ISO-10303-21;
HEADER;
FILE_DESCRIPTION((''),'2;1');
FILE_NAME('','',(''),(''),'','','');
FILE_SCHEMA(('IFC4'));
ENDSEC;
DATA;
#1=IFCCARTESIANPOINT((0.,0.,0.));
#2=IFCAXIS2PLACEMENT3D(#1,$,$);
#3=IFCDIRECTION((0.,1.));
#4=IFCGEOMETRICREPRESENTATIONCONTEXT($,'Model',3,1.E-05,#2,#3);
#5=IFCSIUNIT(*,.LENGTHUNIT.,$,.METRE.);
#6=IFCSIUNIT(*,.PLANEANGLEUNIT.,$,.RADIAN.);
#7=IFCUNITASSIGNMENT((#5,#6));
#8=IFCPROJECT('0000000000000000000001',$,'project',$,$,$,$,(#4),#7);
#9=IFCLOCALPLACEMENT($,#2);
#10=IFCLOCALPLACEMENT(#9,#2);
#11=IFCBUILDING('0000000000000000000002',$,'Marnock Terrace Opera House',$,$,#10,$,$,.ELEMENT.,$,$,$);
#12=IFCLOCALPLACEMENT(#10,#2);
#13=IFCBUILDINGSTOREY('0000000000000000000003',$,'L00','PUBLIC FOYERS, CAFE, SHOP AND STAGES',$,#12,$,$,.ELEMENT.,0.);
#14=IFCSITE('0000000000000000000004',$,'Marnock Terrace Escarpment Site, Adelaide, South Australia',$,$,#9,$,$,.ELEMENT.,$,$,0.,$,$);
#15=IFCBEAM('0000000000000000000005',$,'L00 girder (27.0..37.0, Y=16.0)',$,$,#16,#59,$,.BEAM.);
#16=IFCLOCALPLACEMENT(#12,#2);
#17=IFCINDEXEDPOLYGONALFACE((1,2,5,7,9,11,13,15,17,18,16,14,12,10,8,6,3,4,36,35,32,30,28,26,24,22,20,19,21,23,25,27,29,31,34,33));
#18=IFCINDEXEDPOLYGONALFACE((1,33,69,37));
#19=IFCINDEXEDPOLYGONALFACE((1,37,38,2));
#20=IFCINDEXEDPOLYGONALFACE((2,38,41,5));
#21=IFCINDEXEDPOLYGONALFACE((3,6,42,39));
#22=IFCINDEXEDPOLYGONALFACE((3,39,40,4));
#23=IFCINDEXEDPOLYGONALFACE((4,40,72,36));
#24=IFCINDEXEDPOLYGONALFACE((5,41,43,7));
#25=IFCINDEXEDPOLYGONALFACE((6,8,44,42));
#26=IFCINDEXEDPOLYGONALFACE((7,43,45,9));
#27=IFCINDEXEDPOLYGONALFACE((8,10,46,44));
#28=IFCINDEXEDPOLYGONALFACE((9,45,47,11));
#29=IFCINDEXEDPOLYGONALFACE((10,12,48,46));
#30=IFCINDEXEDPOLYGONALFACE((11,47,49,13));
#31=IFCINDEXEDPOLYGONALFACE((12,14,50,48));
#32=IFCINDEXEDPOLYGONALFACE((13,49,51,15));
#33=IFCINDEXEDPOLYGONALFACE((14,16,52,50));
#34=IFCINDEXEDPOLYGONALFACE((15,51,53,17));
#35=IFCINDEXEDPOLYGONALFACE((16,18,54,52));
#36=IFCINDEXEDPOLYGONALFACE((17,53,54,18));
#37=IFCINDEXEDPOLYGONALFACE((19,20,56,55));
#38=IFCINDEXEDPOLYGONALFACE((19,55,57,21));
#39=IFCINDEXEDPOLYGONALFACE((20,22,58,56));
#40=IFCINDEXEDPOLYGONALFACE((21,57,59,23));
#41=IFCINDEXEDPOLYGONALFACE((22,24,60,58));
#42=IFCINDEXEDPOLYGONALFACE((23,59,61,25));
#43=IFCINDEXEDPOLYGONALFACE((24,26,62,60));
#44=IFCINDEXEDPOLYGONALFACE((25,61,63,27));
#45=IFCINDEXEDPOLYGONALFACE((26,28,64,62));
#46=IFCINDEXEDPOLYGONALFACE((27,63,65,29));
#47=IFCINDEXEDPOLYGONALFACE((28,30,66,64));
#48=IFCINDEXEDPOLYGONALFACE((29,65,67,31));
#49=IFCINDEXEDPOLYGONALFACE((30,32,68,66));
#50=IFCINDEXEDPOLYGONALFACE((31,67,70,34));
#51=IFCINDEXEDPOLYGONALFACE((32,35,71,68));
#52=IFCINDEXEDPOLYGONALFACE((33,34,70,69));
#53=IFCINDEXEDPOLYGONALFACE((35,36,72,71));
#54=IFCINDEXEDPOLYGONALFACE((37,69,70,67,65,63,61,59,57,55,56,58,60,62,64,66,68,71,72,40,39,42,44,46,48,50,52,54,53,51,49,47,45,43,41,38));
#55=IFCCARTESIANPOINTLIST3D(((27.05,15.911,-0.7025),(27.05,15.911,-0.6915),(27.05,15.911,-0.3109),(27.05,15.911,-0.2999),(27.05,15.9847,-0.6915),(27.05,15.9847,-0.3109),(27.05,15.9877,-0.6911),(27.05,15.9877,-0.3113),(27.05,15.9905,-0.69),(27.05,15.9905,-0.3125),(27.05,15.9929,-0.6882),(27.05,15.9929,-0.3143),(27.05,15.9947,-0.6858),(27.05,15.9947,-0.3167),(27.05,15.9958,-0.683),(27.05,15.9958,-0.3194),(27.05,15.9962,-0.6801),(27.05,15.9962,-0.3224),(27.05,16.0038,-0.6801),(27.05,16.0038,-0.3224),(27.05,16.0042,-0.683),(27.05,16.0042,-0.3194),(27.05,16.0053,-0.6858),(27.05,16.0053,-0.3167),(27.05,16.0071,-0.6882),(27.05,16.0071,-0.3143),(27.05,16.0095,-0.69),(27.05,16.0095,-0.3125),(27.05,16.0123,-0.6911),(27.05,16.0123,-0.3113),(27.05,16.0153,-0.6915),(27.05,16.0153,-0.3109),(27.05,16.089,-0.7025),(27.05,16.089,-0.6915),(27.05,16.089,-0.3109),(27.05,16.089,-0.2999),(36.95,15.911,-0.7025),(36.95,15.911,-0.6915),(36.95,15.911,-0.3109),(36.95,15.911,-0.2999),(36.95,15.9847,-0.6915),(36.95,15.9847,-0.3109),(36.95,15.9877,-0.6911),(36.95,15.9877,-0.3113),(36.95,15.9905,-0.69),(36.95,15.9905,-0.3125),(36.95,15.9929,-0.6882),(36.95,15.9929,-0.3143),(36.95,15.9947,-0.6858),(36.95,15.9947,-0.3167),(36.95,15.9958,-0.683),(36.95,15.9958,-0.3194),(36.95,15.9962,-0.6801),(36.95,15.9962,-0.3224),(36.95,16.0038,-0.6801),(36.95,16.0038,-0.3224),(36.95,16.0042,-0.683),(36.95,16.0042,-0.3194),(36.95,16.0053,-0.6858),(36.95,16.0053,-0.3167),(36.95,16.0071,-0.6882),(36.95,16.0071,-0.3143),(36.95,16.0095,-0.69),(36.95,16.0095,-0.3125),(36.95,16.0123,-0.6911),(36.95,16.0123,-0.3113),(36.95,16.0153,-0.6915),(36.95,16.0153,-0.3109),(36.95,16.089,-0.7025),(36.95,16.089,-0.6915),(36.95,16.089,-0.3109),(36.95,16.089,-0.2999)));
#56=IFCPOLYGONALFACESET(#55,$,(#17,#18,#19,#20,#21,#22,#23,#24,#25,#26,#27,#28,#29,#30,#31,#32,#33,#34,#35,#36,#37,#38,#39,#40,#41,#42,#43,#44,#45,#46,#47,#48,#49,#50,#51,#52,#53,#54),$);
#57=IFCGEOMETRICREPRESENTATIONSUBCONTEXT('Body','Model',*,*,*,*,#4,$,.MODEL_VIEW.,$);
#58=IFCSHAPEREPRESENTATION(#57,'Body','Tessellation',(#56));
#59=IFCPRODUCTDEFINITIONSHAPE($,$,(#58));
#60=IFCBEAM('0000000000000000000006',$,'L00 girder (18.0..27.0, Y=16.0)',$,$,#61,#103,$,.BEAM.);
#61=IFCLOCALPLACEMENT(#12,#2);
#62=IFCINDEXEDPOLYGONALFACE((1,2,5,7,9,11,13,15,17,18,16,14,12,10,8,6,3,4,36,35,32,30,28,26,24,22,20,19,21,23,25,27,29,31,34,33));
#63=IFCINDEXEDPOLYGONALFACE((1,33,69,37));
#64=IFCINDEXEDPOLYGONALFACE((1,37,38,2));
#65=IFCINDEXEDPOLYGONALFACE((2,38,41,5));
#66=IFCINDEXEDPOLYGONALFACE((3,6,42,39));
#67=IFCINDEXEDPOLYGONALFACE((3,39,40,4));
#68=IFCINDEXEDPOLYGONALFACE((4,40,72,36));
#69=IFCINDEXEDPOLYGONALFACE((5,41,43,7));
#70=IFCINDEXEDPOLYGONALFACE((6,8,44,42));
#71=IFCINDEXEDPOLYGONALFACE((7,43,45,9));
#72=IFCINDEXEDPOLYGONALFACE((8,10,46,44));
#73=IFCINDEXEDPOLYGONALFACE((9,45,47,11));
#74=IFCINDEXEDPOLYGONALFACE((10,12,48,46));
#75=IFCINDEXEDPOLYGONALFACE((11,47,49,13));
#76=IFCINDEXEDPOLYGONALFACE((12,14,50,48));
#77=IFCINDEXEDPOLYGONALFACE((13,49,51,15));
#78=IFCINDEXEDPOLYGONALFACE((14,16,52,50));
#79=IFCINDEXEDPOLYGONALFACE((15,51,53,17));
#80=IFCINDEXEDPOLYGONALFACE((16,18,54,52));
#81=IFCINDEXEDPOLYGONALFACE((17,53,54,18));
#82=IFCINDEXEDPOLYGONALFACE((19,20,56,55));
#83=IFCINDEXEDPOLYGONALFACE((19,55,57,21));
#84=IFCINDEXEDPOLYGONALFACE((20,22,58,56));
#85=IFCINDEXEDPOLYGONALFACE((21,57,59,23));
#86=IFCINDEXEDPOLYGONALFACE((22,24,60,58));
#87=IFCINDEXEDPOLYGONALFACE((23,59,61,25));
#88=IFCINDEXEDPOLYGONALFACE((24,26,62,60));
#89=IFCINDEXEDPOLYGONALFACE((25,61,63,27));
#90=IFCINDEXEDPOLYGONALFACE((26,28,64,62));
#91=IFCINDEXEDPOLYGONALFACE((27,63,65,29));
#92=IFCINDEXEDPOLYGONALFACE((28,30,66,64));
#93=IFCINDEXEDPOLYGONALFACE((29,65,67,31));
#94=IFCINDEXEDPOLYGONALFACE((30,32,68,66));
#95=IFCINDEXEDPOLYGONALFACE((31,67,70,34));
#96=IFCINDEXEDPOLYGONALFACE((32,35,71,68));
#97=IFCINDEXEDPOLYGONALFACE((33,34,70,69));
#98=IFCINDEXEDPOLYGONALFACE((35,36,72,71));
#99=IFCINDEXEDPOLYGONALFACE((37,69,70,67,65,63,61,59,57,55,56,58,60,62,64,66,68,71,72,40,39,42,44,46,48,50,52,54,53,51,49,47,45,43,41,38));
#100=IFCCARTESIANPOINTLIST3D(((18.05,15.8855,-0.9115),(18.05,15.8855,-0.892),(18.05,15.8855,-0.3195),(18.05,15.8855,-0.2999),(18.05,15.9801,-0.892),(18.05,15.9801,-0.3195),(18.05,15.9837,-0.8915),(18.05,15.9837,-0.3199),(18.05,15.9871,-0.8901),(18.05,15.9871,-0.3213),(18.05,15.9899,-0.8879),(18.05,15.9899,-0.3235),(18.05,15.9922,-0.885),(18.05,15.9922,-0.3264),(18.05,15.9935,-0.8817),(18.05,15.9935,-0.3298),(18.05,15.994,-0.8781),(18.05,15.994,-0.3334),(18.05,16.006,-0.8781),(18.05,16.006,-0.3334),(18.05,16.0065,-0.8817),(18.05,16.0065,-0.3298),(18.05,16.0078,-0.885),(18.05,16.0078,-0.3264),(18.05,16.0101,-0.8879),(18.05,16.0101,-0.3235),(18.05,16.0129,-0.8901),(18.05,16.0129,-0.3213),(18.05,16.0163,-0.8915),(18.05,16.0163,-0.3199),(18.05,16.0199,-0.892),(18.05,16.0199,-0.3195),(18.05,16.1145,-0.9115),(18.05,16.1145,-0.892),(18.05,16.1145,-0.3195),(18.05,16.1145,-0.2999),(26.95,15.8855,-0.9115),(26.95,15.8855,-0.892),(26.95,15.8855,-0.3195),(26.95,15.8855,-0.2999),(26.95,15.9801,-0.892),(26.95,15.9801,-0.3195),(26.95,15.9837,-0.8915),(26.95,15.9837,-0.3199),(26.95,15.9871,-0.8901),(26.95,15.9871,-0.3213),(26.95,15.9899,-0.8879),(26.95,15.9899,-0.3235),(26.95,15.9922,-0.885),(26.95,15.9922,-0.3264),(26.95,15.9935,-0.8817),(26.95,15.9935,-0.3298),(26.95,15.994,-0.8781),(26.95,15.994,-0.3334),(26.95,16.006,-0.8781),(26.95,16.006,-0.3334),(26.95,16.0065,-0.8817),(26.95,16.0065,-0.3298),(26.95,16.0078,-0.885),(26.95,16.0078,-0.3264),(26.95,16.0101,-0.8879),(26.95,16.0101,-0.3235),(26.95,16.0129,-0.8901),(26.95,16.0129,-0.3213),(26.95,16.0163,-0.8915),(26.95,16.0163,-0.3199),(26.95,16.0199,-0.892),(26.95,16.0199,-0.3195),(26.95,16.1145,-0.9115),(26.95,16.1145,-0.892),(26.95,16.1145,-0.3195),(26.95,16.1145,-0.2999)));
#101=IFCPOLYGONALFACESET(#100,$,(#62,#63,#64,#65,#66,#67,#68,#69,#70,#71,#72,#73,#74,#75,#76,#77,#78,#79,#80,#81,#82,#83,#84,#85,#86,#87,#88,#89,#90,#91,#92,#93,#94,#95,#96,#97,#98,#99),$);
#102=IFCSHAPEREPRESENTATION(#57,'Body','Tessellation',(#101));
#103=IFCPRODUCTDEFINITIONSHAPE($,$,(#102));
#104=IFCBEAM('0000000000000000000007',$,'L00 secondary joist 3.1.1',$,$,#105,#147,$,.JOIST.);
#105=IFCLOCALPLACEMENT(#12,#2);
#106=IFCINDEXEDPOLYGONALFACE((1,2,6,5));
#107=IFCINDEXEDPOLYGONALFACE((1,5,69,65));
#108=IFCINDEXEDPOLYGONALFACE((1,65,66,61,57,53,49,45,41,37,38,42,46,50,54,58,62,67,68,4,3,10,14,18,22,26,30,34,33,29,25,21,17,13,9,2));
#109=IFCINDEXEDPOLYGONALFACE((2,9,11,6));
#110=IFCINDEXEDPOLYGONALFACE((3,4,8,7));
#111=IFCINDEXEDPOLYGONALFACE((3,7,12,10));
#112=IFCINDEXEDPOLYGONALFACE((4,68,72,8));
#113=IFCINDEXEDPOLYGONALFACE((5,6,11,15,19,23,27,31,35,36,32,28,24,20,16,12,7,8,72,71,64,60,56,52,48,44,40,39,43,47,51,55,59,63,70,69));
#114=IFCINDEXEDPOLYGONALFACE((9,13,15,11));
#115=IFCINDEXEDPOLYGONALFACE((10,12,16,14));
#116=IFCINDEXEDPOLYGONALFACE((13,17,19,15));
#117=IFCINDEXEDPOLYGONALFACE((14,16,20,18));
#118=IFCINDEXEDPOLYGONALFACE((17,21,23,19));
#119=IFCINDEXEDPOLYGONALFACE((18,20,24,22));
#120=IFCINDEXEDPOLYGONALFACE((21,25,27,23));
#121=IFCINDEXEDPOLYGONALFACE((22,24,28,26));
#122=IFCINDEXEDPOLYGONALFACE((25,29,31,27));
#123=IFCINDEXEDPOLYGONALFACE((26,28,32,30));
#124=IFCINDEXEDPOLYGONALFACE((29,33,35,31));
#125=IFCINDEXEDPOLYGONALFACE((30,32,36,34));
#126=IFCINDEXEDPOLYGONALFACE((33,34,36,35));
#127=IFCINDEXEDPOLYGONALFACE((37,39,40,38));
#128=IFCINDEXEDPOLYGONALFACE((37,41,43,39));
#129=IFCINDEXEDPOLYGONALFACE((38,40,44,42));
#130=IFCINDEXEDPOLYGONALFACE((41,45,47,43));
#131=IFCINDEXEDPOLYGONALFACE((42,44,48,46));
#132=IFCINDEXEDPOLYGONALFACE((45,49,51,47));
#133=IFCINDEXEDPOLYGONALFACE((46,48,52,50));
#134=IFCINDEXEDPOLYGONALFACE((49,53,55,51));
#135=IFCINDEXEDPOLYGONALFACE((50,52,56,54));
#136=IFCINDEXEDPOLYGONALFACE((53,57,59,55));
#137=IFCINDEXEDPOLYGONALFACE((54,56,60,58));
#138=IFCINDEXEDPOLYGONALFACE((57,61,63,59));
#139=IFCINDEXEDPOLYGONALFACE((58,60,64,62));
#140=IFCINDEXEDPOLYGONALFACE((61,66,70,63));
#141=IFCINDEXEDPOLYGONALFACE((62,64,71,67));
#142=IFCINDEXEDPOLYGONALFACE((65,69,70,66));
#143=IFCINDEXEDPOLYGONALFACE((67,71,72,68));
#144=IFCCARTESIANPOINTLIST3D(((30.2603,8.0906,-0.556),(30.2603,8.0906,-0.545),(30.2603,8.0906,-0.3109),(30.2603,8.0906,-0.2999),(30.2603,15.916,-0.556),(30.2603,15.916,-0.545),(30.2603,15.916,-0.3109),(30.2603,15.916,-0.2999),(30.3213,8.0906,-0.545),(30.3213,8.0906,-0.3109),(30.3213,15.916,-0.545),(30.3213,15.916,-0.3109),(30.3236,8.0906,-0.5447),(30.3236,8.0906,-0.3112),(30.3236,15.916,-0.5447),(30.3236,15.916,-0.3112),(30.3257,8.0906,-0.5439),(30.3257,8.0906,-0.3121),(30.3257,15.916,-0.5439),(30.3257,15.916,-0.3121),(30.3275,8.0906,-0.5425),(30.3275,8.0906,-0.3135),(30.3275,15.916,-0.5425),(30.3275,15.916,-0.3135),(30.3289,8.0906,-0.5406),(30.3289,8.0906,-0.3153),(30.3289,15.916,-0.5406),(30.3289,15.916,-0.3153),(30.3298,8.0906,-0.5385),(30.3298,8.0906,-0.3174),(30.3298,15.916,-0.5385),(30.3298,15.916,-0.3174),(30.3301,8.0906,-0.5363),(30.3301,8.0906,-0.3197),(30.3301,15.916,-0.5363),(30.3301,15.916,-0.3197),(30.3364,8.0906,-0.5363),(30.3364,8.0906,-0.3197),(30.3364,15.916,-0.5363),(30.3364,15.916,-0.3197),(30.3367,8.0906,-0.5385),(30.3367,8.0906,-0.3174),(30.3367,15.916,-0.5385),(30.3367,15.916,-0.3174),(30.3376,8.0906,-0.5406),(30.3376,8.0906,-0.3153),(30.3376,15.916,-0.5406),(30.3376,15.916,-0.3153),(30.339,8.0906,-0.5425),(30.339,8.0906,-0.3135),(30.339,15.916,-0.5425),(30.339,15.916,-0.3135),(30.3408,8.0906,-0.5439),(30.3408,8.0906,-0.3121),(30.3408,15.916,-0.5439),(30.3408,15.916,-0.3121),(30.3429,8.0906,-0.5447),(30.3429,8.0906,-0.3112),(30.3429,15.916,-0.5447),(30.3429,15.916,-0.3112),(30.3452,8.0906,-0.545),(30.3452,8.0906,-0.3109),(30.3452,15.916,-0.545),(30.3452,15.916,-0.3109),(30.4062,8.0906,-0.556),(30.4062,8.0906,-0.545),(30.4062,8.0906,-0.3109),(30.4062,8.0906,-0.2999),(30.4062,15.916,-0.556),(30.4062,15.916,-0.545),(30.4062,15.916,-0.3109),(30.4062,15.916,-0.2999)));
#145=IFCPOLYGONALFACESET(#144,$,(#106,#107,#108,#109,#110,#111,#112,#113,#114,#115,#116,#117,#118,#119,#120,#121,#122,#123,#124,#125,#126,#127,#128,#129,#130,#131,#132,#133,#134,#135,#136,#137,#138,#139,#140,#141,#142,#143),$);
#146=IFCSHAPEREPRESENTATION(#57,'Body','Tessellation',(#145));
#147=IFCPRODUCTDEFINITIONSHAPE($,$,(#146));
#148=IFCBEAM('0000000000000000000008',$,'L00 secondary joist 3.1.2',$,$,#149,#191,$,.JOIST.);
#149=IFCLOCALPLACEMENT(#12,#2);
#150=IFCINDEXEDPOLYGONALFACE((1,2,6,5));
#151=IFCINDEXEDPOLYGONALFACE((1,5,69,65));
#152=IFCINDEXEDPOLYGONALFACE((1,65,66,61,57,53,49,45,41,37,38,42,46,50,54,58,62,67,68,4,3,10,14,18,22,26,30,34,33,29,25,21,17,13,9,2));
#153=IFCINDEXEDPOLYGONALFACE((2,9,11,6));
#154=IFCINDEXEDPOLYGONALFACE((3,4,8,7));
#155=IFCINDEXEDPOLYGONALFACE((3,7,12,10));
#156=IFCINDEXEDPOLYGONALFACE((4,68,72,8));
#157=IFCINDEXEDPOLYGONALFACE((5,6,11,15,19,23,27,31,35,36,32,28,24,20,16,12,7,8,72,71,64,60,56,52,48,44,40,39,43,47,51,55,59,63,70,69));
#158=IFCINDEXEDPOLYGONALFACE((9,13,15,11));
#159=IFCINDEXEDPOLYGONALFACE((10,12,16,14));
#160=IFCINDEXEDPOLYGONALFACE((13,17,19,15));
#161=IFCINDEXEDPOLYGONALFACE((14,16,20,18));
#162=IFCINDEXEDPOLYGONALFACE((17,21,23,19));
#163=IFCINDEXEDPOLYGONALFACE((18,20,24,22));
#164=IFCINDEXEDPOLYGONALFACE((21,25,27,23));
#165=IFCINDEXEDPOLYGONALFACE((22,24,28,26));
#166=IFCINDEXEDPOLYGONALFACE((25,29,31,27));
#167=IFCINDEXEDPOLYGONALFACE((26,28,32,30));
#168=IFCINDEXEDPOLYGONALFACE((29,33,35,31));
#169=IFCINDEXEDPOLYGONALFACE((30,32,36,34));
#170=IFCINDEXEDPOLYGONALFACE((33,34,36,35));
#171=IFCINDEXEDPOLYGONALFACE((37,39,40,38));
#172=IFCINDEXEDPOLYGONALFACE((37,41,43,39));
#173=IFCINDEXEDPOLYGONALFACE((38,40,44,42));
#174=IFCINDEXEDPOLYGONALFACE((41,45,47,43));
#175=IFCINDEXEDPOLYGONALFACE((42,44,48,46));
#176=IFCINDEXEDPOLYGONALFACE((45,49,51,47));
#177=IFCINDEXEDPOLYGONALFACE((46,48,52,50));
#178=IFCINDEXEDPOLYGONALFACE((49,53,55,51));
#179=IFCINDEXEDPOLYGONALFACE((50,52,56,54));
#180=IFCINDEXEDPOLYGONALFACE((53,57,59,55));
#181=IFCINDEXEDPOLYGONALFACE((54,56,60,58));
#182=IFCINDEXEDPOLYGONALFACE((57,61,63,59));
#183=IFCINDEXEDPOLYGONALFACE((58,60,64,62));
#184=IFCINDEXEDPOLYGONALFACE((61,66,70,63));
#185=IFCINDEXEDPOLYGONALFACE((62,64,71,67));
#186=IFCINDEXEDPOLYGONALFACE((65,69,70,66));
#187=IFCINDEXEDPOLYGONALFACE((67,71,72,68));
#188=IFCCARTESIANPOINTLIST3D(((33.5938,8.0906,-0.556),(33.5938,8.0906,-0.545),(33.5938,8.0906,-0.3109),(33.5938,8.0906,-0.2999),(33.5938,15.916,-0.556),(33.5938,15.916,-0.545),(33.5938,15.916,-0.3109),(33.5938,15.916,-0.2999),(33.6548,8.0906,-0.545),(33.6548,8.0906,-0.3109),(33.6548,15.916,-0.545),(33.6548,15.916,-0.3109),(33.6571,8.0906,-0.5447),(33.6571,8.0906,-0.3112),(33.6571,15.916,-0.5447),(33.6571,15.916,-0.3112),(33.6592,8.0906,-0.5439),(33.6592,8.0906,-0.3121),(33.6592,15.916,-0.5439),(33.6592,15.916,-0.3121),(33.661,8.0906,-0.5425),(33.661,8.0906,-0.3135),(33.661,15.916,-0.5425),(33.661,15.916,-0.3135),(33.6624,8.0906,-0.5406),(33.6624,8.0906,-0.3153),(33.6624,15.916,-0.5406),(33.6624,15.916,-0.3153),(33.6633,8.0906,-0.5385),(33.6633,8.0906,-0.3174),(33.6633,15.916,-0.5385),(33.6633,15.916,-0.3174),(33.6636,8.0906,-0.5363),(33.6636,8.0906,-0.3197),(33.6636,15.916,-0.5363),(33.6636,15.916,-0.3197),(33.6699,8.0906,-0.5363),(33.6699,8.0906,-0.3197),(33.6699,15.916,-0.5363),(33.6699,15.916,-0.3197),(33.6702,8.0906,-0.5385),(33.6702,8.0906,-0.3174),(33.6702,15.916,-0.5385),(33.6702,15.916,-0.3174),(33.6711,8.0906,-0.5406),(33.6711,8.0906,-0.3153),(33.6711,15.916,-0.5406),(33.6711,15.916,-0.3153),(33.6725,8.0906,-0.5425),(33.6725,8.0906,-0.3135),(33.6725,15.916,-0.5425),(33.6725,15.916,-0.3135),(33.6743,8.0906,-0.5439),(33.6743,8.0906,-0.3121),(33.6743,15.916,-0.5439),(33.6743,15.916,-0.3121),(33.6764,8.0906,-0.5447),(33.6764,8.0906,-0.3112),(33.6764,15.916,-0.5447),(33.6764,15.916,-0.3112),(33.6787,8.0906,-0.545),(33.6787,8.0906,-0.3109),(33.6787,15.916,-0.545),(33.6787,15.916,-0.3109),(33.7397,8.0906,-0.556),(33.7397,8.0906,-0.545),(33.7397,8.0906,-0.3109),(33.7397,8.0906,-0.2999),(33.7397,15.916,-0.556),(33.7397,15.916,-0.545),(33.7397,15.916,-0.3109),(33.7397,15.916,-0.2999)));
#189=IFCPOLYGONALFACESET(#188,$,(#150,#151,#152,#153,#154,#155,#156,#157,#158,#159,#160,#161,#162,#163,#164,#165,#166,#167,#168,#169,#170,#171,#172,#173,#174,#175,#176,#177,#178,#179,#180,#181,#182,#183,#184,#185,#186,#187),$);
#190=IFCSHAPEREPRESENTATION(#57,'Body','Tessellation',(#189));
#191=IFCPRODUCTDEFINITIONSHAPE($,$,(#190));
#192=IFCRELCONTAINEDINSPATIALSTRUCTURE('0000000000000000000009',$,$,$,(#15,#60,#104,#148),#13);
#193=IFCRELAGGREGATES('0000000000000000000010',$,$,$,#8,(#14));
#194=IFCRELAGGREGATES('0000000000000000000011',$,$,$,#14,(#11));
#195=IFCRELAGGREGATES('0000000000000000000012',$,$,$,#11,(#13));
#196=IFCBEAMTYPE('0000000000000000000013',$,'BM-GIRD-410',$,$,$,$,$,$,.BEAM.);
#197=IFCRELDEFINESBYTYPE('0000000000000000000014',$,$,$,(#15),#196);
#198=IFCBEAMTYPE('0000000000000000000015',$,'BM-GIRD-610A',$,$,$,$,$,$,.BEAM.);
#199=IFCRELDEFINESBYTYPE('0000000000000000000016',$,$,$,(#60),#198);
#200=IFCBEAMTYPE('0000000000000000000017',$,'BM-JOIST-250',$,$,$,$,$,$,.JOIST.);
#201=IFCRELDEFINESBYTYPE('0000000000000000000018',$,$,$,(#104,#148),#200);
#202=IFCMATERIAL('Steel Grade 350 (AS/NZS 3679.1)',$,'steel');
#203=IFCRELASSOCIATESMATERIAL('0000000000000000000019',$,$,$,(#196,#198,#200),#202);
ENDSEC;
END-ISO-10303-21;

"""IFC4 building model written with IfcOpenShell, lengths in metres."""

from ifc_helpers import new_model, si_unit, direction, frame, origin, origin_2d, place, context, subcontext, project, spatial, i_section, extrude, material, material_profile, profile_set, type_object, element, save


model = new_model("IFC4")

# Units and contexts
model_context = context("Model", 3, precision=1e-05, world=origin(), true_north=direction((0.0, 1.0)))
body_context = subcontext(model_context, "Body", "Model", "MODEL_VIEW")
ifc_project = project(units=[si_unit("LENGTHUNIT", "METRE"), si_unit("PLANEANGLEUNIT", "RADIAN")], contexts=[model_context])

# Site, building, storey
site_placement = place(None, origin())
site = spatial("IfcSite", under=ifc_project, at=site_placement, Name="Marnock Terrace Escarpment Site, Adelaide, South Australia", CompositionType="ELEMENT", RefElevation=0.0)
building_placement = place(site_placement, origin())
building = spatial("IfcBuilding", under=site, at=building_placement, Name="Marnock Terrace Opera House", CompositionType="ELEMENT")
storey_placement = place(building_placement, origin())
storey = spatial("IfcBuildingStorey", under=building, at=storey_placement, Name="L00", Description="PUBLIC FOYERS, CAFE, SHOP AND STAGES", CompositionType="ELEMENT", Elevation=0.0)

# Shared definitions
ifc_material_1 = material(Name="Steel Grade 350 (AS/NZS 3679.1)", Category="steel")

# Beams
ifc_material_profile_1 = material_profile(ifc_material_1, i_section(OverallWidth=0.178, OverallDepth=0.4026, WebThickness=0.0076, FlangeThickness=0.011, FilletRadius=0.0115, at=origin_2d()))
ifc_profile_set_1 = profile_set([ifc_material_profile_1], Name="Steel Grade 350 (AS/NZS 3679.1)")
beam_type_1 = type_object("IfcBeamType", Name="BM-GIRD-410", PredefinedType="BEAM", material=ifc_profile_set_1)
beam_1_placement = place(storey_placement, frame((27.05, 16.0, -0.5012), z_axis=(1.0, 0.0, 0.0), x_axis=(0.0, 1.0, 0.0)))
element("IfcBeam", 1, at=beam_1_placement, inside=storey, type_object=beam_type_1, Name="L00 girder (27.0..37.0, Y=16.0)", PredefinedType="BEAM", context=body_context, shape_type="SweptSolid", body=[
    extrude(i_section(OverallWidth=0.178, OverallDepth=0.4026, WebThickness=0.0076, FlangeThickness=0.011, FilletRadius=0.0115, at=origin_2d()), origin(), (0.0, 0.0, 1.0), 9.8999),
])
ifc_material_profile_2 = material_profile(ifc_material_1, i_section(OverallWidth=0.229, OverallDepth=0.6116, WebThickness=0.012, FlangeThickness=0.0195, FilletRadius=0.0139, at=origin_2d()))
ifc_profile_set_2 = profile_set([ifc_material_profile_2], Name="Steel Grade 350 (AS/NZS 3679.1)")
beam_type_2 = type_object("IfcBeamType", Name="BM-GIRD-610A", PredefinedType="BEAM", material=ifc_profile_set_2)
beam_2_placement = place(storey_placement, frame((18.05, 16.0, -0.6057), z_axis=(1.0, 0.0, 0.0), x_axis=(0.0, 1.0, 0.0)))
element("IfcBeam", 2, at=beam_2_placement, inside=storey, type_object=beam_type_2, Name="L00 girder (18.0..27.0, Y=16.0)", PredefinedType="BEAM", context=body_context, shape_type="SweptSolid", body=[
    extrude(i_section(OverallWidth=0.229, OverallDepth=0.6116, WebThickness=0.012, FlangeThickness=0.0195, FilletRadius=0.0139, at=origin_2d()), origin(), (0.0, 0.0, 1.0), 8.8999),
])
ifc_material_profile_3 = material_profile(ifc_material_1, i_section(OverallWidth=0.146, OverallDepth=0.2561, WebThickness=0.0063, FlangeThickness=0.011, FilletRadius=0.0088, at=origin_2d()))
ifc_profile_set_3 = profile_set([ifc_material_profile_3], Name="Steel Grade 350 (AS/NZS 3679.1)")
beam_type_3 = type_object("IfcBeamType", Name="BM-JOIST-250", PredefinedType="JOIST", material=ifc_profile_set_3)
for number, where, z_axis, x_axis, name in (
    (3, (30.3333, 8.0906, -0.428), (0.0, 1.0, 0.0), (-1.0, 0.0, 0.0), "L00 secondary joist 3.1.1"),
    (4, (33.6667, 8.0906, -0.428), (0.0, 1.0, 0.0), (-1.0, 0.0, 0.0), "L00 secondary joist 3.1.2"),
):
    element("IfcBeam", number, at=place(storey_placement, frame(where, z_axis=z_axis, x_axis=x_axis)), inside=storey, type_object=beam_type_3, Name=name, PredefinedType="JOIST", context=body_context, shape_type="SweptSolid", body=[
        extrude(i_section(OverallWidth=0.146, OverallDepth=0.2561, WebThickness=0.0063, FlangeThickness=0.011, FilletRadius=0.0088, at=origin_2d()), origin(), (0.0, 0.0, 1.0), 7.8254),
    ])

save(model, "model.ifc")
